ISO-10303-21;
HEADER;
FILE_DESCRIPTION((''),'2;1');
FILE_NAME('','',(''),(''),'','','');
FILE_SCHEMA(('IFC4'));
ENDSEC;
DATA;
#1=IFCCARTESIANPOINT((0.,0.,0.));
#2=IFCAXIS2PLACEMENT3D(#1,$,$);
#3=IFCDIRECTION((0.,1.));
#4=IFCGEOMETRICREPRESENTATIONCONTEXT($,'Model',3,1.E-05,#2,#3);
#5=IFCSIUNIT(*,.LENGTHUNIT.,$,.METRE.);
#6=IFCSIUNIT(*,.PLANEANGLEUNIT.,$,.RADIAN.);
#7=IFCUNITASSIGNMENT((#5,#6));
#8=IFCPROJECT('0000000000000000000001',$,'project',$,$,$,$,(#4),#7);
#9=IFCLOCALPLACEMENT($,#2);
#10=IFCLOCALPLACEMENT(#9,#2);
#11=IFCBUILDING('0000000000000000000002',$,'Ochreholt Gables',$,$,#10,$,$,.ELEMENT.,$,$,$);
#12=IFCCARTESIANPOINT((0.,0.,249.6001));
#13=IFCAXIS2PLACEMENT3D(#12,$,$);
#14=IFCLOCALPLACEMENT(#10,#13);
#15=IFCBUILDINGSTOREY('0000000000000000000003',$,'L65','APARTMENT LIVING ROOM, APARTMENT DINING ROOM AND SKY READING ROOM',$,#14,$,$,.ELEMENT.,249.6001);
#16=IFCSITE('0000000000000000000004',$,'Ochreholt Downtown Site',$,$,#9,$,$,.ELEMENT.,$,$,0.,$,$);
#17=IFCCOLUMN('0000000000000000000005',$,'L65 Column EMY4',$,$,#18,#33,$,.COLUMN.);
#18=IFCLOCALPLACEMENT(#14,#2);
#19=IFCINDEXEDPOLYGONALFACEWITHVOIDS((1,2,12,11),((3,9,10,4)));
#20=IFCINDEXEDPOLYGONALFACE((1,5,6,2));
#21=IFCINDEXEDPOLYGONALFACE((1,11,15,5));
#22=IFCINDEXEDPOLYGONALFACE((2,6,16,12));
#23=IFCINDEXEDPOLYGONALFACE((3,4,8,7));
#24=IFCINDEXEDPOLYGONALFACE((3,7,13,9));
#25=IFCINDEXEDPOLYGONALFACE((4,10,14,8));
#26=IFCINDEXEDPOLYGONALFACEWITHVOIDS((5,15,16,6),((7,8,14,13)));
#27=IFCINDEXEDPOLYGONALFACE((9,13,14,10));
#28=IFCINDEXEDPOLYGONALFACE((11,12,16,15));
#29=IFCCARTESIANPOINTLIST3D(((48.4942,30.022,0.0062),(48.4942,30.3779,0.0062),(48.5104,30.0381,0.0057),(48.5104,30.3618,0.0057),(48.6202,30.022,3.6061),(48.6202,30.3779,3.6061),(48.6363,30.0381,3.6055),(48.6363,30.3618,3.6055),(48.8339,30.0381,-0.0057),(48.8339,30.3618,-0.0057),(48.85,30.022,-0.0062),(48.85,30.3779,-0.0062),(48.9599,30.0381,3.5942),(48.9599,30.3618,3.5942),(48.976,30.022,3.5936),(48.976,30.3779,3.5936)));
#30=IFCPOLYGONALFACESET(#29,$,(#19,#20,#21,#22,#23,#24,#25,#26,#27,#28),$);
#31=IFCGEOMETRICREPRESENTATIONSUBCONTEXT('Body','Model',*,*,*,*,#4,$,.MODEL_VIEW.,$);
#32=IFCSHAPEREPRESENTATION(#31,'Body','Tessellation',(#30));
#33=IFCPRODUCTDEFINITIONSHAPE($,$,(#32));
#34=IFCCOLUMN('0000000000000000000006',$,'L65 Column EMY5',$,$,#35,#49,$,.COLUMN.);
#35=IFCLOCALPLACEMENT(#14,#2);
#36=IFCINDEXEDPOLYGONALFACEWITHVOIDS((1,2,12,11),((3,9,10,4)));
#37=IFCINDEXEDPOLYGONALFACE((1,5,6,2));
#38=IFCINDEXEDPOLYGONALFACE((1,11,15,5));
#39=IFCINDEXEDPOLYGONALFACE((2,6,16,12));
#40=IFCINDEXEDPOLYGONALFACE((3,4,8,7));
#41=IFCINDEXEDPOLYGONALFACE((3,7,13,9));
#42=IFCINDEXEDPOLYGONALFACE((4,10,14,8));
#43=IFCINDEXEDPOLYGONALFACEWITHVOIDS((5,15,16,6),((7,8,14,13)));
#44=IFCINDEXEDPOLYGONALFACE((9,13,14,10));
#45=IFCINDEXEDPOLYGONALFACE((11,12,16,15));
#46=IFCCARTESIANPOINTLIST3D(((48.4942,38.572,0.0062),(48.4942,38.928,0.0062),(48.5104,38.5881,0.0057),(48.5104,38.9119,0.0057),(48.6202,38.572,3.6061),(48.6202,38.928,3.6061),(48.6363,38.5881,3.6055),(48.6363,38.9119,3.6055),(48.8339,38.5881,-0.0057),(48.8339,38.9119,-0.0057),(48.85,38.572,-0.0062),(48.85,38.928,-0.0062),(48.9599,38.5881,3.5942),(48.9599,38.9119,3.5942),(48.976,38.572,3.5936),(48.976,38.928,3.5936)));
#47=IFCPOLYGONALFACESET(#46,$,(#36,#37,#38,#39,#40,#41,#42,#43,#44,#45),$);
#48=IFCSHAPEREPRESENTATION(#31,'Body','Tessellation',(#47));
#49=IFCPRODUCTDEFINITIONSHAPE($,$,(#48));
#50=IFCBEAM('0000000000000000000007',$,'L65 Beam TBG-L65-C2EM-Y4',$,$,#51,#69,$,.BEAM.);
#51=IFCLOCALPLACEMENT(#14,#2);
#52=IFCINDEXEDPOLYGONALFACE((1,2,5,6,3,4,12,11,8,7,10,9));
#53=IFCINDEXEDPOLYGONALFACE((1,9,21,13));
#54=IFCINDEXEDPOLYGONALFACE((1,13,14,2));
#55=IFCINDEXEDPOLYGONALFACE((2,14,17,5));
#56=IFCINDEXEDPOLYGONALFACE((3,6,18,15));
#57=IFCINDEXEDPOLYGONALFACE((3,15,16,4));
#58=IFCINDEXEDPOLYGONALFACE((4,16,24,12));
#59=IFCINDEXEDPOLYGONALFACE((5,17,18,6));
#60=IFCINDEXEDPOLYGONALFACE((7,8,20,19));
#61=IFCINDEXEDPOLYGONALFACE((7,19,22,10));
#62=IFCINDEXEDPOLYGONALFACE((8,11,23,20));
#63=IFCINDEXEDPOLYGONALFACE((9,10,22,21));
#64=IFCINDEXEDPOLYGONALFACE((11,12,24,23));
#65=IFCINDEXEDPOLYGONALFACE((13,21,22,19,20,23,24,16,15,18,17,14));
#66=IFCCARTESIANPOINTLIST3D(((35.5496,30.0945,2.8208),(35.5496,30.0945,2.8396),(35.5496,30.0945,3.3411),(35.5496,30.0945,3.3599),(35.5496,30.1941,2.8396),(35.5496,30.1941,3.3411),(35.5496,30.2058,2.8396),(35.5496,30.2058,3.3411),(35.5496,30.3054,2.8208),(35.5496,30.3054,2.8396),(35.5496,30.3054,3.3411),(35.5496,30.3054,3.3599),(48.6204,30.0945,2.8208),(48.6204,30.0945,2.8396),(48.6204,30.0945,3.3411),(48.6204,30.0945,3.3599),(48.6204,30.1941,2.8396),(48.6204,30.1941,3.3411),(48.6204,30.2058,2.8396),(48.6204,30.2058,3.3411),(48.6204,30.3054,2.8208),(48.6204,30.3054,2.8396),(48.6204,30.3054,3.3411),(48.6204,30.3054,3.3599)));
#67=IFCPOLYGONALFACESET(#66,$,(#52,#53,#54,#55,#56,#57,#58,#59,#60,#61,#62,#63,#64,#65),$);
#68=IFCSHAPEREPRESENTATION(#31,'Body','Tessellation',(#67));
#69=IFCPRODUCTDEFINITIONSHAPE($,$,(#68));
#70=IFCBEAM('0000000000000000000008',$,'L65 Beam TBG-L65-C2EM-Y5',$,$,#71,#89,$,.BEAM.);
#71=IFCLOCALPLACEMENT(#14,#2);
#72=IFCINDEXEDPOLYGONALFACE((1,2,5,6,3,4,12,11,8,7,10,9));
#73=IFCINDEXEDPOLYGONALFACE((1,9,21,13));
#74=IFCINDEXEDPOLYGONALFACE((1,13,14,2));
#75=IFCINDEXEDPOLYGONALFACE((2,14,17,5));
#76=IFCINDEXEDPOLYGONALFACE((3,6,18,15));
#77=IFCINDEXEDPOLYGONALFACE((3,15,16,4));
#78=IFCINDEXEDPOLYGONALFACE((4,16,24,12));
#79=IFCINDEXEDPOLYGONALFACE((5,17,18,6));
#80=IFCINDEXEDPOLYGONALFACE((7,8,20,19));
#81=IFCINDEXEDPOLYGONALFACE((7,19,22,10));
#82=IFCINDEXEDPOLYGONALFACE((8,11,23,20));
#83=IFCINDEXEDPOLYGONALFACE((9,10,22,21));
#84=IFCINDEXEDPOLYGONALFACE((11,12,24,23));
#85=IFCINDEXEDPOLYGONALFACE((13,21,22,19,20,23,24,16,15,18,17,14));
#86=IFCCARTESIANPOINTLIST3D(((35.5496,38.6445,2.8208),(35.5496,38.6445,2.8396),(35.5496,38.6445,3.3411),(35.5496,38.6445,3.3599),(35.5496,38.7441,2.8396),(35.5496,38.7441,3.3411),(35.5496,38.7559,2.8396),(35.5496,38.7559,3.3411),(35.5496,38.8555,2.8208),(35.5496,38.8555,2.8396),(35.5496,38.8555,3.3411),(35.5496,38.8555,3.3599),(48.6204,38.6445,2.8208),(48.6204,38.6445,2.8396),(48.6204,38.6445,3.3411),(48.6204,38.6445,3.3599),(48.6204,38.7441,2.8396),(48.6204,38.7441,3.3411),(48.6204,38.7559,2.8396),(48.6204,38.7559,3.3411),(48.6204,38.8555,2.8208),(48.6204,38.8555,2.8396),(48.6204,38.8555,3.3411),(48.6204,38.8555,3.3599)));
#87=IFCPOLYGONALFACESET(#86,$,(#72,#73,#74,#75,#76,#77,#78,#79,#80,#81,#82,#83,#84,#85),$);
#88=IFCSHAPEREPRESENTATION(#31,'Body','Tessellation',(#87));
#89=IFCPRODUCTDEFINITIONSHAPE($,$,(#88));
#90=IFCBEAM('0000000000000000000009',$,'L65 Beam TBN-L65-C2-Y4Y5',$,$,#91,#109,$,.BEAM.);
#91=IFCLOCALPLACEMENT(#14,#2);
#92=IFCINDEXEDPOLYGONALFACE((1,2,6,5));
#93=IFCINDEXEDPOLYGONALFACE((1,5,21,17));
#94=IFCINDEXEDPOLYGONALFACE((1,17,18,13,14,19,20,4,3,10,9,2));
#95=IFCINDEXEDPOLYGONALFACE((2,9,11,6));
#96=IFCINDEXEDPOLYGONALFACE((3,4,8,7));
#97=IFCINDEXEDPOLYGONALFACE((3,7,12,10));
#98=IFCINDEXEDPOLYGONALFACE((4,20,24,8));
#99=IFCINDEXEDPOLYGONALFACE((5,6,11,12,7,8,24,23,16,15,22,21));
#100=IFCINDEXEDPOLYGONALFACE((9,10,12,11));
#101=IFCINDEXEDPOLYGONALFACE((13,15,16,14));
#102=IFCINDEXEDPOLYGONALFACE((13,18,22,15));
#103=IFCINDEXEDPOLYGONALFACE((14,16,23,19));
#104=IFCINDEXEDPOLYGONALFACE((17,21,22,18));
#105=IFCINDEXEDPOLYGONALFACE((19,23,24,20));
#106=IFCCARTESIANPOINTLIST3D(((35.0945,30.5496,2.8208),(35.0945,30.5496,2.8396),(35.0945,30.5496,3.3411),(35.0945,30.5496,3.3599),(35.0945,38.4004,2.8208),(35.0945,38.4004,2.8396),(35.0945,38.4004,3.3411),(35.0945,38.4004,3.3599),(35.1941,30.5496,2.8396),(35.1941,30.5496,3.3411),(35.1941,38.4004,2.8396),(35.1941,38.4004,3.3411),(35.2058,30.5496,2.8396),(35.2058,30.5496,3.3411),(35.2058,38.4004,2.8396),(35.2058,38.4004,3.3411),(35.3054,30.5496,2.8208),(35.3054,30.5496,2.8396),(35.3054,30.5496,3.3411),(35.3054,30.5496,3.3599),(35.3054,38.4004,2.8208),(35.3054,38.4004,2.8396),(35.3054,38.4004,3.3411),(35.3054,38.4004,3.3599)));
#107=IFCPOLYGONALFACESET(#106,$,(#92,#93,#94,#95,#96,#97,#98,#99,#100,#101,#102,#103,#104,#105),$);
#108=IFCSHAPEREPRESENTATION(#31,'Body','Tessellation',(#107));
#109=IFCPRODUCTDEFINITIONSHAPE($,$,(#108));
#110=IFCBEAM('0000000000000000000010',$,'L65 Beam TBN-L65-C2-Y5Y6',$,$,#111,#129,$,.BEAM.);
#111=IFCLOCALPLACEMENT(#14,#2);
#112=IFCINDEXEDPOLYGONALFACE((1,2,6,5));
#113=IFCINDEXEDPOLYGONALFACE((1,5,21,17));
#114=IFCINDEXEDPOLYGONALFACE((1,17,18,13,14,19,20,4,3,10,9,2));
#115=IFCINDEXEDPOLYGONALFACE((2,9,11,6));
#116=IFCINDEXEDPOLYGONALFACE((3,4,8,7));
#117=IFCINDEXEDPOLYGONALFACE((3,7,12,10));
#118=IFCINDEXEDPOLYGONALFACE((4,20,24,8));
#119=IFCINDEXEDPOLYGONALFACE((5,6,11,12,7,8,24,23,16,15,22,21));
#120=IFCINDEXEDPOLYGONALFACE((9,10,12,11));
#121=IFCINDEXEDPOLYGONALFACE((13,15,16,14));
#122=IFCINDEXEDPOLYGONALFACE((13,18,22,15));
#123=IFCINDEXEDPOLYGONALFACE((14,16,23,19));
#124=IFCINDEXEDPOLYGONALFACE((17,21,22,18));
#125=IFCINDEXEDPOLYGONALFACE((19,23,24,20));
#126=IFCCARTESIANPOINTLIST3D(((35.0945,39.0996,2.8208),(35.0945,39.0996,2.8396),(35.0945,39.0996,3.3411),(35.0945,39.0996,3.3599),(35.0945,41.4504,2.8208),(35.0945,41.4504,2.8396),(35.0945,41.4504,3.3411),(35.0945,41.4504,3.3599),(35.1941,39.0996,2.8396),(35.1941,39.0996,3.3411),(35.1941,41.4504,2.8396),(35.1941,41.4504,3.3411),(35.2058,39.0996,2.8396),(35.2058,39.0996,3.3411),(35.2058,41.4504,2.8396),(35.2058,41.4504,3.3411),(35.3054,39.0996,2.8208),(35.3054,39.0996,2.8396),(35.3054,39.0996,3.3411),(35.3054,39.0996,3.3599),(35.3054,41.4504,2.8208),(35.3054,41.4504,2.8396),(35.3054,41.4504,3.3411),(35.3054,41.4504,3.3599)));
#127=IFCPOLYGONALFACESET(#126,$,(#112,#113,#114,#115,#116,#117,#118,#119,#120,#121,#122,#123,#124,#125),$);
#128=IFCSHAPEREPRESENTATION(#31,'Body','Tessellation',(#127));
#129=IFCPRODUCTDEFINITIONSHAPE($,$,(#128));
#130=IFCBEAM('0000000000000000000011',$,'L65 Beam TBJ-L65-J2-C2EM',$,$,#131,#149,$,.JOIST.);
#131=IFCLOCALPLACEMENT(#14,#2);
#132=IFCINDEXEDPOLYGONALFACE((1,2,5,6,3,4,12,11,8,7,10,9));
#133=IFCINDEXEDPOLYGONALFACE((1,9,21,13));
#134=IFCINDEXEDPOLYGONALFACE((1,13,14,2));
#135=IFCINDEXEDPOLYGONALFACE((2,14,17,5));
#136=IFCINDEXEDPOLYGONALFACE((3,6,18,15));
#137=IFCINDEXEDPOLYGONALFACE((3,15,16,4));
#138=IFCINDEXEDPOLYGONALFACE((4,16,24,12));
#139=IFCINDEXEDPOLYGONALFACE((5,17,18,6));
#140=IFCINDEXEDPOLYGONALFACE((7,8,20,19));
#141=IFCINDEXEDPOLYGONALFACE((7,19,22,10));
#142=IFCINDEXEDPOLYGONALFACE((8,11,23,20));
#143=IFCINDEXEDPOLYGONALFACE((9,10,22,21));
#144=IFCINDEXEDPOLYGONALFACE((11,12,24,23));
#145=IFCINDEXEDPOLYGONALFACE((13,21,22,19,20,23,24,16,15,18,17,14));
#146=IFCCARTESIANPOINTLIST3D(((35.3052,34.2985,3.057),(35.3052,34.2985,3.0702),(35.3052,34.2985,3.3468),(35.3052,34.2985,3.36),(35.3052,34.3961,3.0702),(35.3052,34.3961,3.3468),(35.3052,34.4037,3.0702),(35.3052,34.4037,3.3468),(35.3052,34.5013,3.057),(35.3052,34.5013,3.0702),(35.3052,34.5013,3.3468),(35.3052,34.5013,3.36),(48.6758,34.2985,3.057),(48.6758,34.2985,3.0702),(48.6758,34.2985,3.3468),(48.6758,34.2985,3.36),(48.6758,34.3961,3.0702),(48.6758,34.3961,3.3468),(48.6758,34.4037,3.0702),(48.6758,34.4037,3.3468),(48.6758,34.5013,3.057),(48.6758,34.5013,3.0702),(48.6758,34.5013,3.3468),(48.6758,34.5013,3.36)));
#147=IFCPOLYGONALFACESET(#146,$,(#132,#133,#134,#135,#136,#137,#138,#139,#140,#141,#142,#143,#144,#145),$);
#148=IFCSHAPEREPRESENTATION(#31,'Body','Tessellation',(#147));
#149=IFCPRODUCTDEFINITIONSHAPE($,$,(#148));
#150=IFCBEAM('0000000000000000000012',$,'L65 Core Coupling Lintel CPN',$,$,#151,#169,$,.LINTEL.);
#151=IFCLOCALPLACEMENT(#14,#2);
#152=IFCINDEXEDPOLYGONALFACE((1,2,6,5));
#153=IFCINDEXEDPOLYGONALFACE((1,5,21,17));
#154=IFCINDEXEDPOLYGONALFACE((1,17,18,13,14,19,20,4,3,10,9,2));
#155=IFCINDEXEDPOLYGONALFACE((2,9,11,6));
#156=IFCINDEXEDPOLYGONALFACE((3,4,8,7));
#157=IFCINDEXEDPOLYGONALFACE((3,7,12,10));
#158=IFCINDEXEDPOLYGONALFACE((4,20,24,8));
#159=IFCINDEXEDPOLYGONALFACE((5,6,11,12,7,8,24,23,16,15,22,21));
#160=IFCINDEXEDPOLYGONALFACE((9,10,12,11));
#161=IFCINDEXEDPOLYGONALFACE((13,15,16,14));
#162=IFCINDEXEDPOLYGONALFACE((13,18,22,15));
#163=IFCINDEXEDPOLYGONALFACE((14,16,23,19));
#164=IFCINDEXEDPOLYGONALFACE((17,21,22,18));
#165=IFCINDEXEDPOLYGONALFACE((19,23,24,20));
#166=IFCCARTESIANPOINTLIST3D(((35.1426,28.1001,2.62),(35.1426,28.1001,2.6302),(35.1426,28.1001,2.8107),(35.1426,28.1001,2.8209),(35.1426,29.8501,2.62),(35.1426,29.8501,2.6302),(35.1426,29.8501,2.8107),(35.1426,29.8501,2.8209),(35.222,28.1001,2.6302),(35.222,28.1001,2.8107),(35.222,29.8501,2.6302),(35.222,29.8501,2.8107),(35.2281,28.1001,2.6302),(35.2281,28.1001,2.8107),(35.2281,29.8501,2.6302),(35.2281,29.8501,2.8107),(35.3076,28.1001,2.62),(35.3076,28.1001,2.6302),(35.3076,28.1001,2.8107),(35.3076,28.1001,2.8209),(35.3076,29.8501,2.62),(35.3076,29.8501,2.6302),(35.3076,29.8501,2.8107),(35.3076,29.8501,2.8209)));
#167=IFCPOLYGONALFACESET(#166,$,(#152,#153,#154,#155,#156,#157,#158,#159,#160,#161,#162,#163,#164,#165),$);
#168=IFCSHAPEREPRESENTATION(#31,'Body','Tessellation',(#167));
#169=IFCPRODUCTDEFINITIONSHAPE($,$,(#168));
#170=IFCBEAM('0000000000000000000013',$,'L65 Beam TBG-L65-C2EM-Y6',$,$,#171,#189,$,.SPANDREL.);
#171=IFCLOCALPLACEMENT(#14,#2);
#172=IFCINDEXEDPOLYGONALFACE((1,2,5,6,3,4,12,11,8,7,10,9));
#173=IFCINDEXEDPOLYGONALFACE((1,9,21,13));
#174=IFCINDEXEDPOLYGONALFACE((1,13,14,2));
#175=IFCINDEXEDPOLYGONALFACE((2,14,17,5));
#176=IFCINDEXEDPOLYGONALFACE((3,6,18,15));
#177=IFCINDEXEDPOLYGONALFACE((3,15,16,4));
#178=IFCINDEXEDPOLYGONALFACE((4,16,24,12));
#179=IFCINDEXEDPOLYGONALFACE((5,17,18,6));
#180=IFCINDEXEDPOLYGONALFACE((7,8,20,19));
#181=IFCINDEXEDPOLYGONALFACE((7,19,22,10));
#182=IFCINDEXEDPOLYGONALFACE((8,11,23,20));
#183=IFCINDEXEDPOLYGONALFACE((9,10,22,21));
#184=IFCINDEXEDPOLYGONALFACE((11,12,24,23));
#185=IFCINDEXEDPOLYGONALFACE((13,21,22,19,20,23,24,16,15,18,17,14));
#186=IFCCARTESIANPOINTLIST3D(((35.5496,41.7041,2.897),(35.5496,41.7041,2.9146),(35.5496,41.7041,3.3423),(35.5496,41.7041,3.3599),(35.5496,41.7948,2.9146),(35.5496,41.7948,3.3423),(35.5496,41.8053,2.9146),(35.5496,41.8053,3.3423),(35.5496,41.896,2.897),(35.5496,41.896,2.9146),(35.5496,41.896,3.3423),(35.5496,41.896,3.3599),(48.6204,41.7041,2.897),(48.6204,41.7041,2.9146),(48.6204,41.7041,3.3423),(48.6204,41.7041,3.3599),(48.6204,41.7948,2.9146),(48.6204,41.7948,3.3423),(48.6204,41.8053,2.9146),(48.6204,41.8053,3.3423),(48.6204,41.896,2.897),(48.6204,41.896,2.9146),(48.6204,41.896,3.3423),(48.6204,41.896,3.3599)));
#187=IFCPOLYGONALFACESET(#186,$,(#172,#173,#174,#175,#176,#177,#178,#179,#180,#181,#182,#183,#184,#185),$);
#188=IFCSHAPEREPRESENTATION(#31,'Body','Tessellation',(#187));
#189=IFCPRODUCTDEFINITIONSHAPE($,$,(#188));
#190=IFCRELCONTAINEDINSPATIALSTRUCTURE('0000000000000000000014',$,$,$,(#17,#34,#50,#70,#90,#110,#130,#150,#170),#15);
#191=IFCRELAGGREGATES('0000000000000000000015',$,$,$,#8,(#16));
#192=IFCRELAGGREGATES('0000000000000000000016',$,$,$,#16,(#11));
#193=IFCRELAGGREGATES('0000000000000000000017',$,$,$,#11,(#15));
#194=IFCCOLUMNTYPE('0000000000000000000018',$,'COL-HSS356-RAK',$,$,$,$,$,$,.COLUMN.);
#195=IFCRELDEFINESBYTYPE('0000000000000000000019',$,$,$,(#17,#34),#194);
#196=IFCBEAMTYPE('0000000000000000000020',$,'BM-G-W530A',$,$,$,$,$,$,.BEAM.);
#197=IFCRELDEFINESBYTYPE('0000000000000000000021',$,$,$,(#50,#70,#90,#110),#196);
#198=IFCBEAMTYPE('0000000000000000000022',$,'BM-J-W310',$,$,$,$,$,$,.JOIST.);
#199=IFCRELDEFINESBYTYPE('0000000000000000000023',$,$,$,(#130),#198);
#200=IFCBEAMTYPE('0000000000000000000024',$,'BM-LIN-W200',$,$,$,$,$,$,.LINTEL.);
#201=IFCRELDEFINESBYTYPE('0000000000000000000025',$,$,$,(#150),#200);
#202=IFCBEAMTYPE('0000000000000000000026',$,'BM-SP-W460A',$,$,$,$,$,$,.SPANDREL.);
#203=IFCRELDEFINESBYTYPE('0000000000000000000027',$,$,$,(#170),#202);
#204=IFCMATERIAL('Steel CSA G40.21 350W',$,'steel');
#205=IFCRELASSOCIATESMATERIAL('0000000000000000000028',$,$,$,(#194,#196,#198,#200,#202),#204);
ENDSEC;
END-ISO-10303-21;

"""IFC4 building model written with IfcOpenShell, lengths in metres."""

from ifc_helpers import new_model, si_unit, direction, frame, origin, origin_2d, place, context, subcontext, project, spatial, hollow_rectangle, i_section, extrude, material, material_profile, profile_set, type_object, element, save


model = new_model("IFC4")

# Units and contexts
model_context = context("Model", 3, precision=1e-05, world=origin(), true_north=direction((0.0, 1.0)))
body_context = subcontext(model_context, "Body", "Model", "MODEL_VIEW")
ifc_project = project(units=[si_unit("LENGTHUNIT", "METRE"), si_unit("PLANEANGLEUNIT", "RADIAN")], contexts=[model_context])

# Site, building, storey
site_placement = place(None, origin())
site = spatial("IfcSite", under=ifc_project, at=site_placement, Name="Ochreholt Downtown Site", CompositionType="ELEMENT", RefElevation=0.0)
building_placement = place(site_placement, origin())
building = spatial("IfcBuilding", under=site, at=building_placement, Name="Ochreholt Gables", CompositionType="ELEMENT")
storey_placement = place(building_placement, frame((0.0, 0.0, 249.6001)))
storey = spatial("IfcBuildingStorey", under=building, at=storey_placement, Name="L65", Description="APARTMENT LIVING ROOM, APARTMENT DINING ROOM AND SKY READING ROOM", CompositionType="ELEMENT", Elevation=249.6001)

# Columns
ifc_material_1 = material(Name="Steel CSA G40.21 350W", Category="steel")
ifc_material_profile_1 = material_profile(ifc_material_1, hollow_rectangle(XDim=0.356, YDim=0.356, WallThickness=0.0161, at=origin_2d()), Name="HSS356X356X16")
ifc_profile_set_1 = profile_set([ifc_material_profile_1], Name="Steel CSA G40.21 350W")
column_type = type_object("IfcColumnType", Name="COL-HSS356-RAK", PredefinedType="COLUMN", material=ifc_profile_set_1)
for number, where, z_axis, x_axis, name in (
    (1, (48.6721, 30.2, 0.0), (0.034974, 0.0, 0.999388), (0.0, 1.0, 0.0), "L65 Column EMY4"),
    (2, (48.6721, 38.75, 0.0), (0.034974, 0.0, 0.999388), (0.0, 1.0, 0.0), "L65 Column EMY5"),
):
    element("IfcColumn", number, at=place(storey_placement, frame(where, z_axis=z_axis, x_axis=x_axis)), inside=storey, type_object=column_type, Name=name, PredefinedType="COLUMN", context=body_context, shape_type="SweptSolid", body=[
        extrude(hollow_rectangle(XDim=0.356, YDim=0.356, WallThickness=0.0161, at=origin_2d()), origin(), (0.0, 0.0, 1.0), 3.6021),
    ])

# Beams
ifc_material_profile_2 = material_profile(ifc_material_1, i_section(OverallWidth=0.2109, OverallDepth=0.5391, WebThickness=0.0117, FlangeThickness=0.0188, at=origin_2d()), Name="W530X109")
ifc_profile_set_2 = profile_set([ifc_material_profile_2], Name="Steel CSA G40.21 350W")
beam_type_1 = type_object("IfcBeamType", Name="BM-G-W530A", PredefinedType="BEAM", material=ifc_profile_set_2)
for number, where, z_axis, x_axis, name in (
    (3, (35.5496, 30.2, 3.0903), (1.0, 0.0, 0.0), (0.0, 1.0, 0.0), "L65 Beam TBG-L65-C2EM-Y4"),
    (4, (35.5496, 38.75, 3.0903), (1.0, 0.0, 0.0), (0.0, 1.0, 0.0), "L65 Beam TBG-L65-C2EM-Y5"),
):
    element("IfcBeam", number, at=place(storey_placement, frame(where, z_axis=z_axis, x_axis=x_axis)), inside=storey, type_object=beam_type_1, Name=name, PredefinedType="BEAM", context=body_context, shape_type="SweptSolid", body=[
        extrude(i_section(OverallWidth=0.2109, OverallDepth=0.5391, WebThickness=0.0117, FlangeThickness=0.0188, at=origin_2d()), origin(), (0.0, 0.0, 1.0), 13.0708),
    ])
beam_1_placement = place(storey_placement, frame((35.2, 30.5496, 3.0903), z_axis=(0.0, 1.0, 0.0), x_axis=(-1.0, 0.0, 0.0)))
element("IfcBeam", 5, at=beam_1_placement, inside=storey, type_object=beam_type_1, Name="L65 Beam TBN-L65-C2-Y4Y5", PredefinedType="BEAM", context=body_context, shape_type="SweptSolid", body=[
    extrude(i_section(OverallWidth=0.2109, OverallDepth=0.5391, WebThickness=0.0117, FlangeThickness=0.0188, at=origin_2d()), origin(), (0.0, 0.0, 1.0), 7.8508),
])
beam_2_placement = place(storey_placement, frame((35.2, 39.0996, 3.0903), z_axis=(0.0, 1.0, 0.0), x_axis=(-1.0, 0.0, 0.0)))
element("IfcBeam", 6, at=beam_2_placement, inside=storey, type_object=beam_type_1, Name="L65 Beam TBN-L65-C2-Y5Y6", PredefinedType="BEAM", context=body_context, shape_type="SweptSolid", body=[
    extrude(i_section(OverallWidth=0.2109, OverallDepth=0.5391, WebThickness=0.0117, FlangeThickness=0.0188, at=origin_2d()), origin(), (0.0, 0.0, 1.0), 2.3508),
])
ifc_material_profile_3 = material_profile(ifc_material_1, i_section(OverallWidth=0.2029, OverallDepth=0.303, WebThickness=0.0076, FlangeThickness=0.0132, at=origin_2d()), Name="W310X60")
ifc_profile_set_3 = profile_set([ifc_material_profile_3], Name="Steel CSA G40.21 350W")
beam_type_2 = type_object("IfcBeamType", Name="BM-J-W310", PredefinedType="JOIST", material=ifc_profile_set_3)
beam_3_placement = place(storey_placement, frame((35.3052, 34.3999, 3.2085), z_axis=(1.0, 0.0, 0.0), x_axis=(0.0, 1.0, 0.0)))
element("IfcBeam", 7, at=beam_3_placement, inside=storey, type_object=beam_type_2, Name="L65 Beam TBJ-L65-J2-C2EM", PredefinedType="JOIST", context=body_context, shape_type="SweptSolid", body=[
    extrude(i_section(OverallWidth=0.2029, OverallDepth=0.303, WebThickness=0.0076, FlangeThickness=0.0132, at=origin_2d()), origin(), (0.0, 0.0, 1.0), 13.3706),
])
ifc_material_profile_4 = material_profile(ifc_material_1, i_section(OverallWidth=0.165, OverallDepth=0.2009, WebThickness=0.0061, FlangeThickness=0.0103, at=origin_2d()), Name="W200X36")
ifc_profile_set_4 = profile_set([ifc_material_profile_4], Name="Steel CSA G40.21 350W")
beam_type_3 = type_object("IfcBeamType", Name="BM-LIN-W200", PredefinedType="LINTEL", material=ifc_profile_set_4)
beam_4_placement = place(storey_placement, frame((35.2251, 28.1001, 2.7205), z_axis=(0.0, 1.0, 0.0), x_axis=(-1.0, 0.0, 0.0)))
element("IfcBeam", 8, at=beam_4_placement, inside=storey, type_object=beam_type_3, Name="L65 Core Coupling Lintel CPN", PredefinedType="LINTEL", context=body_context, shape_type="SweptSolid", body=[
    extrude(i_section(OverallWidth=0.165, OverallDepth=0.2009, WebThickness=0.0061, FlangeThickness=0.0103, at=origin_2d()), origin(), (0.0, 0.0, 1.0), 1.75),
])
ifc_material_profile_5 = material_profile(ifc_material_1, i_section(OverallWidth=0.1919, OverallDepth=0.4629, WebThickness=0.0105, FlangeThickness=0.0176, at=origin_2d()), Name="W460X89")
ifc_profile_set_5 = profile_set([ifc_material_profile_5], Name="Steel CSA G40.21 350W")
beam_type_4 = type_object("IfcBeamType", Name="BM-SP-W460A", PredefinedType="SPANDREL", material=ifc_profile_set_5)
beam_5_placement = place(storey_placement, frame((35.5496, 41.8, 3.1284), z_axis=(1.0, 0.0, 0.0), x_axis=(0.0, 1.0, 0.0)))
element("IfcBeam", 9, at=beam_5_placement, inside=storey, type_object=beam_type_4, Name="L65 Beam TBG-L65-C2EM-Y6", PredefinedType="SPANDREL", context=body_context, shape_type="SweptSolid", body=[
    extrude(i_section(OverallWidth=0.1919, OverallDepth=0.4629, WebThickness=0.0105, FlangeThickness=0.0176, at=origin_2d()), origin(), (0.0, 0.0, 1.0), 13.0708),
])

save(model, "model.ifc")
